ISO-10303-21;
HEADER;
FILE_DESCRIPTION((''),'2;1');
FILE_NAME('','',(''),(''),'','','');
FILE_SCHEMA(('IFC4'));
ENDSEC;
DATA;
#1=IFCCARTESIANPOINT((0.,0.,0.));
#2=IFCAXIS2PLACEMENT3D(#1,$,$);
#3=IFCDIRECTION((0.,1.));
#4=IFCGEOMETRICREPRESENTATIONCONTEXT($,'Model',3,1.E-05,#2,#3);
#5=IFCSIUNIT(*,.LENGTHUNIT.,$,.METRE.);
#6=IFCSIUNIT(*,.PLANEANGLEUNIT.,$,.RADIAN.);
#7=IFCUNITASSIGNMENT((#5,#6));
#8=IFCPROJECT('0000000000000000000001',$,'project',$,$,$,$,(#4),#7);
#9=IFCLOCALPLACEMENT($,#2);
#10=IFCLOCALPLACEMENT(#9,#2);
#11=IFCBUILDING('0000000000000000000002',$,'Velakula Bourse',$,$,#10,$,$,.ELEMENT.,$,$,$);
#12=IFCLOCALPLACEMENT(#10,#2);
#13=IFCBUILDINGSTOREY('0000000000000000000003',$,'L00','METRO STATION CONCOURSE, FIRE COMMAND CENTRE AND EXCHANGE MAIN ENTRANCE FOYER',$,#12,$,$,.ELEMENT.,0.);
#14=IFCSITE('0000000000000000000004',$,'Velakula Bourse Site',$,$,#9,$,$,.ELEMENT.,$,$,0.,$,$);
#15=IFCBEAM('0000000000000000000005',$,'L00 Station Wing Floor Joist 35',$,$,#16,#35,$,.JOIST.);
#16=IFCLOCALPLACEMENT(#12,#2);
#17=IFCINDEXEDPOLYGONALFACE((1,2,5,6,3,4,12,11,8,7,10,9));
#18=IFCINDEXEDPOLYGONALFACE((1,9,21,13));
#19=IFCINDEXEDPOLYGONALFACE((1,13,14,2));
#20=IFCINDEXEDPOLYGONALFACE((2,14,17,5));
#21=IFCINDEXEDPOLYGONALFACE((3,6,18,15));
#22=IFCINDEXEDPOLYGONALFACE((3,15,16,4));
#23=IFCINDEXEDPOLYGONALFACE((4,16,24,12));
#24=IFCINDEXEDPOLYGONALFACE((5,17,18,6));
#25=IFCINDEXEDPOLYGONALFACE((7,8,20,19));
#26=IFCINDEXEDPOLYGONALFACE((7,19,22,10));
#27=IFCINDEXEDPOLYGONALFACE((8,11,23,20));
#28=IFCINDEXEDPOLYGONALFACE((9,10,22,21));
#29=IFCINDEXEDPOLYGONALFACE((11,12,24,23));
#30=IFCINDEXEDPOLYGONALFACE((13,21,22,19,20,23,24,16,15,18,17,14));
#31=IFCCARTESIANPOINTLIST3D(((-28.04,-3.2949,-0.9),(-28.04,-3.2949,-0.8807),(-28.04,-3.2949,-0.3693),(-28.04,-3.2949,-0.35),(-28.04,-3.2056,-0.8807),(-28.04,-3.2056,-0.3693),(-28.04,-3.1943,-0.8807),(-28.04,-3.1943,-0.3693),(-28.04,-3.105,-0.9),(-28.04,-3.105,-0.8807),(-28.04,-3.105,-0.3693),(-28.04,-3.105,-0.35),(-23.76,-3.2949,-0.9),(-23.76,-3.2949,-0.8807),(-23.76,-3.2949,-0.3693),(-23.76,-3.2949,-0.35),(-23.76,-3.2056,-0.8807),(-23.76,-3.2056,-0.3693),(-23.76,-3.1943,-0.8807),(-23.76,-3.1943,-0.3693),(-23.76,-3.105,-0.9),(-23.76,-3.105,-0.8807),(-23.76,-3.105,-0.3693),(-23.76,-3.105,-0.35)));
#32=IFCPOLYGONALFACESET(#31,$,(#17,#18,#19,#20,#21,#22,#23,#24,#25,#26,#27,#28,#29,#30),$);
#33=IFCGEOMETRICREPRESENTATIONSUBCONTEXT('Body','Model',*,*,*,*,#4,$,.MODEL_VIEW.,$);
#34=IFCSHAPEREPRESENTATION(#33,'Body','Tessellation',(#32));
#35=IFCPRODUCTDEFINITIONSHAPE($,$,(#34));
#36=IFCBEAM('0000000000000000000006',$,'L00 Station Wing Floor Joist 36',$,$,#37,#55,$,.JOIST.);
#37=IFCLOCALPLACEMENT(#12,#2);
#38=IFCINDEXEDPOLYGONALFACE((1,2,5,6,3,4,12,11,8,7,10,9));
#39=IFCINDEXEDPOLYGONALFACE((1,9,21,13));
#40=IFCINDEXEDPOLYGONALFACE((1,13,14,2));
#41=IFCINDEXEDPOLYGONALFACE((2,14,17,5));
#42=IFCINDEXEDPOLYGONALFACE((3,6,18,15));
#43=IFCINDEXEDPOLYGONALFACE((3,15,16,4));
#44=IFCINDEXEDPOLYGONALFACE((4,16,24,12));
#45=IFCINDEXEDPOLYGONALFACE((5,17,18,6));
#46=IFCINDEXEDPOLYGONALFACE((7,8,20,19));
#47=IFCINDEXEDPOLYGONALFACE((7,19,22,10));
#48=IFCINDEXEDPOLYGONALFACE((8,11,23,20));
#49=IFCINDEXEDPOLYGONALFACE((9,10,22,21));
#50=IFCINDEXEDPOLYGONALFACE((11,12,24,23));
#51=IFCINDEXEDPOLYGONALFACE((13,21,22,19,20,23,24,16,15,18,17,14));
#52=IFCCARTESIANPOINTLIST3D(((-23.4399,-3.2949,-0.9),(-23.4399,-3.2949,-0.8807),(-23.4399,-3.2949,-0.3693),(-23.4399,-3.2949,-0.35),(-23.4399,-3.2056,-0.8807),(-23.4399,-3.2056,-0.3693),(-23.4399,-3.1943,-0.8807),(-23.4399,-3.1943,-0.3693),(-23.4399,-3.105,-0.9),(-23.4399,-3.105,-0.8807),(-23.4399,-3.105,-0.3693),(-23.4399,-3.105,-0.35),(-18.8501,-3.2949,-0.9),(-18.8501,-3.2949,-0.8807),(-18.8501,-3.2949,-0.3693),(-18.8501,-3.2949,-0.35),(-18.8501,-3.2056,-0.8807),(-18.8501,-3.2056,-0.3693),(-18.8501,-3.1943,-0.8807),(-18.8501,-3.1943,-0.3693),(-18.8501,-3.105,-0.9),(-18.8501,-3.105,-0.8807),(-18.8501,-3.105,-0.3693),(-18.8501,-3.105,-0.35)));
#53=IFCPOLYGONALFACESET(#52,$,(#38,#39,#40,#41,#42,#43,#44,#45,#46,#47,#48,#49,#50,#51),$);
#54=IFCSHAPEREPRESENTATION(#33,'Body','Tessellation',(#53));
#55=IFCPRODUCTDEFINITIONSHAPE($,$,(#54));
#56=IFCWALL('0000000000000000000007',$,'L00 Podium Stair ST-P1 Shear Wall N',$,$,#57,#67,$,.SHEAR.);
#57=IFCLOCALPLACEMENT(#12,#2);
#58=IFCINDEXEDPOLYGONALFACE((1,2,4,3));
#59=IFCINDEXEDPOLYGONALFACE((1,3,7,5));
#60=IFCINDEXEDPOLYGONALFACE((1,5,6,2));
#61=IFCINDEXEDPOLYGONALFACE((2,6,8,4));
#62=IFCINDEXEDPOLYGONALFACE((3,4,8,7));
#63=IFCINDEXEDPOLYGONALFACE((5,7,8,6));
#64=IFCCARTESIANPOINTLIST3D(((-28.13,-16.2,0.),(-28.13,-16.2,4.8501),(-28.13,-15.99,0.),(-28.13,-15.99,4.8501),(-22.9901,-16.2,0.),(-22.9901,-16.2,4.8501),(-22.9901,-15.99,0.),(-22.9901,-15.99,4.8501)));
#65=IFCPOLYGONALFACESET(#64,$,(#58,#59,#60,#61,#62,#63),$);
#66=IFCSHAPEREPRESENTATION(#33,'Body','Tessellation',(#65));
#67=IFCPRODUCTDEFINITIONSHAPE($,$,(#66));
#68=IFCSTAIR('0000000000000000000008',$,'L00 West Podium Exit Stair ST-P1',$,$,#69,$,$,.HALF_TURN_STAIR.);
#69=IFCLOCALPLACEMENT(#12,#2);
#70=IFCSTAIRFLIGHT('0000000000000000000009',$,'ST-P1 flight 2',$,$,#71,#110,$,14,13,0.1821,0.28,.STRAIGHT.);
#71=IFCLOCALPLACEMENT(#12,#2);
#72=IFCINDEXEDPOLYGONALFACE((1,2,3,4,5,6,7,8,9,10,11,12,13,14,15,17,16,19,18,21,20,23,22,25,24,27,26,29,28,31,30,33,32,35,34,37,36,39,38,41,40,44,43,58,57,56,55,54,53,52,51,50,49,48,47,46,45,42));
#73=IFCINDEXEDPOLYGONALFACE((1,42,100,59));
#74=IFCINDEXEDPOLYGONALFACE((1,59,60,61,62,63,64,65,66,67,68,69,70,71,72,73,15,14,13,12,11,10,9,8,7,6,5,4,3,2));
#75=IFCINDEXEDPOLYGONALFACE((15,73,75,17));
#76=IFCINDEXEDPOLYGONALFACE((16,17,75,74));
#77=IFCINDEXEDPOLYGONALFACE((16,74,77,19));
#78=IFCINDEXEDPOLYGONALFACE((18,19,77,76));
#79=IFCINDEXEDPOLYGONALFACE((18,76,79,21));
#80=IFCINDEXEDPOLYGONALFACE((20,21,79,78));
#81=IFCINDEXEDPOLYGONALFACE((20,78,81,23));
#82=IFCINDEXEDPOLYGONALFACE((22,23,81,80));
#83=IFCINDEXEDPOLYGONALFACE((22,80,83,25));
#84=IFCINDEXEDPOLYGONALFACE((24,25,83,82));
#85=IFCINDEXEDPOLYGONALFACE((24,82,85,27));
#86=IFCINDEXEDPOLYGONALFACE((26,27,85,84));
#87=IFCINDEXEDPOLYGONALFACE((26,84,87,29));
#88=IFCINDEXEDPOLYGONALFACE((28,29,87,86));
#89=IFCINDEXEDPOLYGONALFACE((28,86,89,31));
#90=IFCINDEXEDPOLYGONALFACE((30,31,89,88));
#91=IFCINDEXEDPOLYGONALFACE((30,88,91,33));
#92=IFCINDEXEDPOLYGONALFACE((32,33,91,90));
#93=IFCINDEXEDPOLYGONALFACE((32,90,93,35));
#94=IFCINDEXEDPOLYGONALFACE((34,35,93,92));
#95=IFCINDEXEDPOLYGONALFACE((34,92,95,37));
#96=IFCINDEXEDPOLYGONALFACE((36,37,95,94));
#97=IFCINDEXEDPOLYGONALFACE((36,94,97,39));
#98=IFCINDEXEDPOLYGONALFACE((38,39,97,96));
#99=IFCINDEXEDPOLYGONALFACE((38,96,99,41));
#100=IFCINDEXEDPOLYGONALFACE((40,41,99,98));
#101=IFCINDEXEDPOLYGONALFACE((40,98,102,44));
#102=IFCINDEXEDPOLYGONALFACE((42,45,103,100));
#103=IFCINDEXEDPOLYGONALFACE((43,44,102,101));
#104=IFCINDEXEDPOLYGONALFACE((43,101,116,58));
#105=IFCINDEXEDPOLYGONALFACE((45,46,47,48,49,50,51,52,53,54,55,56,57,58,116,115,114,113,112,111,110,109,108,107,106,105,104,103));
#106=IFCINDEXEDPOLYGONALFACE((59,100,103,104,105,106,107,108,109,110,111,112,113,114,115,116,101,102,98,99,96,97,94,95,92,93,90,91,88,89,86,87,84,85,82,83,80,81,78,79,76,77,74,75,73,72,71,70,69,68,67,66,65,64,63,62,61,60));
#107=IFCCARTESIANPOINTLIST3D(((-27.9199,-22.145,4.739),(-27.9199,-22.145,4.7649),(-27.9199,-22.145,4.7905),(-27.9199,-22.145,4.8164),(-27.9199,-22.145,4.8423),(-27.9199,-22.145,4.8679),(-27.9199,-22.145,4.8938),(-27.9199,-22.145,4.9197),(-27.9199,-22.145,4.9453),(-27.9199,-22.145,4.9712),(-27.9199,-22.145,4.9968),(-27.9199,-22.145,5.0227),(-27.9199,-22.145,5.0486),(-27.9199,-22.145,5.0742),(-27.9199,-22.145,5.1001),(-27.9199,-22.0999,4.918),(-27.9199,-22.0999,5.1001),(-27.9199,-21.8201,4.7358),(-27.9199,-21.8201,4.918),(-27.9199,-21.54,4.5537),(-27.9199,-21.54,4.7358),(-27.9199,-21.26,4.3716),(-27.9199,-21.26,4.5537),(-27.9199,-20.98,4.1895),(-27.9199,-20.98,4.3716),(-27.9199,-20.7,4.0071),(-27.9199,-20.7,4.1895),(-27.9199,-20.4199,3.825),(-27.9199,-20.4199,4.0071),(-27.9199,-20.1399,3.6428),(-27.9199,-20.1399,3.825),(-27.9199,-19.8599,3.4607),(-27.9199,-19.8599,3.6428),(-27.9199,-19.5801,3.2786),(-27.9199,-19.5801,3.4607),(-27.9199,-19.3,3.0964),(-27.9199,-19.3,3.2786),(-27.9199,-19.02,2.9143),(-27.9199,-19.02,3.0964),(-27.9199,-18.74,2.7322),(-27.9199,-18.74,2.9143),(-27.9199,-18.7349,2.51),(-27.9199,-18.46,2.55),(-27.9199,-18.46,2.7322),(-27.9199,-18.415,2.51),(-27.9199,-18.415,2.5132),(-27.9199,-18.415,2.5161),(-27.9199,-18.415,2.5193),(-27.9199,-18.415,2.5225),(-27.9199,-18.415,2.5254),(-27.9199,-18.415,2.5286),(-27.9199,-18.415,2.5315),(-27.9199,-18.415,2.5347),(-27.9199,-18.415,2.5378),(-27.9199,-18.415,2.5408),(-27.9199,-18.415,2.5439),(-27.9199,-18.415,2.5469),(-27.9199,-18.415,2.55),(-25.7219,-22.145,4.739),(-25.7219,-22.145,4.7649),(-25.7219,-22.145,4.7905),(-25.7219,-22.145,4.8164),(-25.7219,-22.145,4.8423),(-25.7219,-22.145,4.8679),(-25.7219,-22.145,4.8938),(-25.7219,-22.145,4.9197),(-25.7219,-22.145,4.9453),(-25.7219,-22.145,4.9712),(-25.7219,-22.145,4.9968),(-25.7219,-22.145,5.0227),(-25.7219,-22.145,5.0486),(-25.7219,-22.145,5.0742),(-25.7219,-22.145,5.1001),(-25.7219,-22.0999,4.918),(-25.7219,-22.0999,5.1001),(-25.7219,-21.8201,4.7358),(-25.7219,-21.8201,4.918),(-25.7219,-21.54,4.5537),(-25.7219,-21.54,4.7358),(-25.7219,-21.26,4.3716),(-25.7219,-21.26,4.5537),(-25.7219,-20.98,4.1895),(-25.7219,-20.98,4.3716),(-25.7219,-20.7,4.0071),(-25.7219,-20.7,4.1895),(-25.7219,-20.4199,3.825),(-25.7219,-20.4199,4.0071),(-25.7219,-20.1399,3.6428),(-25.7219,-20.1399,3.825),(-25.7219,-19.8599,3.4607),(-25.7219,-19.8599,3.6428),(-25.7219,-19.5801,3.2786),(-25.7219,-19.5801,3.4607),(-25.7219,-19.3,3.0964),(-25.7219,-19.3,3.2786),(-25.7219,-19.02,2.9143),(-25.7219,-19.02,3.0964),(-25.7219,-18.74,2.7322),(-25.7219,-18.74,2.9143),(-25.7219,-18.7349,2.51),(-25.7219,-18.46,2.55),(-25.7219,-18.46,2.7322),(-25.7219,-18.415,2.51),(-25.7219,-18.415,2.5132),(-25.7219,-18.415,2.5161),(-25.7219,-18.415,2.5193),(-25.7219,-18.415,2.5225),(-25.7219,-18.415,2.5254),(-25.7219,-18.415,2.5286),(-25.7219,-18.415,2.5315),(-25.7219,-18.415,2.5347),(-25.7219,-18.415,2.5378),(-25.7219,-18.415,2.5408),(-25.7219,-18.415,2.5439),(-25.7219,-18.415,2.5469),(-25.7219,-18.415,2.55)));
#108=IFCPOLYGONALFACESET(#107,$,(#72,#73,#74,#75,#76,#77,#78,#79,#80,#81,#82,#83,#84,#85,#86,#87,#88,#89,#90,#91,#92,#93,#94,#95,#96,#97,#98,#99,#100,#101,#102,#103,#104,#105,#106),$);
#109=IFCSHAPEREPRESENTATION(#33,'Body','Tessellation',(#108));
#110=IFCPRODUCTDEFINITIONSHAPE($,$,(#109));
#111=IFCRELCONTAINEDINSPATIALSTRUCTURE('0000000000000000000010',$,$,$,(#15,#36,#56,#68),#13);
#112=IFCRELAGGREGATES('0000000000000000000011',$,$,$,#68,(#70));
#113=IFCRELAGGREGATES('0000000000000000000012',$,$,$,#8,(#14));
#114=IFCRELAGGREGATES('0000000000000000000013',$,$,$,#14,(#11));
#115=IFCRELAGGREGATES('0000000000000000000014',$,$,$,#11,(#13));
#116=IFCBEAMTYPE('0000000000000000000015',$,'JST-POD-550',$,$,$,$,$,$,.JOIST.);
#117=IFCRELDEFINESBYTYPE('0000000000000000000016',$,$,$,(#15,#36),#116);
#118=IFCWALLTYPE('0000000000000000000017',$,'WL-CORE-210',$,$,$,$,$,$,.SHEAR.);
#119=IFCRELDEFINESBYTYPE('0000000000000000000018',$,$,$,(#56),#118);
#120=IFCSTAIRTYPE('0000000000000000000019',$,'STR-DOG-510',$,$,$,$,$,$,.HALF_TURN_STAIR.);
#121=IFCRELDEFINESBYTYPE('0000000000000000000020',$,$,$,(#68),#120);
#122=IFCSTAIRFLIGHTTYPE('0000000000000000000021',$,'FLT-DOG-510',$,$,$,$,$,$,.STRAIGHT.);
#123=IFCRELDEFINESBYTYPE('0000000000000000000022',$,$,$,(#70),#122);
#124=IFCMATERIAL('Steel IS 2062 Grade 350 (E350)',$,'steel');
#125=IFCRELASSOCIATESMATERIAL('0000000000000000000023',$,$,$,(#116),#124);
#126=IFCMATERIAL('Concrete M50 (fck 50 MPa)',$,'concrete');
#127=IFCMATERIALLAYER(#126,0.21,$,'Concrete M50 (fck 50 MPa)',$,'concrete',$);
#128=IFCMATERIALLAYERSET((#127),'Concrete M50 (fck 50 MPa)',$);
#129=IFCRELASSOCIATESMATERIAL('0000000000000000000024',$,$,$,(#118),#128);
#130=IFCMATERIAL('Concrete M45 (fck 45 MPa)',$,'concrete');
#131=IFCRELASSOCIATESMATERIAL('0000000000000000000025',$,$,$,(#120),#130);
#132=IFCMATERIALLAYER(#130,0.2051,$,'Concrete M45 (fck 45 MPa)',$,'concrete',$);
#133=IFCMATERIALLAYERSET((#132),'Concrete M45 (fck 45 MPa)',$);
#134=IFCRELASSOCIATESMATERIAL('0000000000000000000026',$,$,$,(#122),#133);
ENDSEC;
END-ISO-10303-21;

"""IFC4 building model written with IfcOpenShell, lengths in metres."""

from ifc_helpers import new_model, si_unit, direction, frame, frame_2d, origin, origin_2d, place, context, subcontext, project, spatial, polyline, rectangle, i_section, outline, extrude, material, layer, layer_set, material_profile, profile_set, type_object, element, aggregate, save


model = new_model("IFC4")

# Units and contexts
model_context = context("Model", 3, precision=1e-05, world=origin(), true_north=direction((0.0, 1.0)))
body_context = subcontext(model_context, "Body", "Model", "MODEL_VIEW")
ifc_project = project(units=[si_unit("LENGTHUNIT", "METRE"), si_unit("PLANEANGLEUNIT", "RADIAN")], contexts=[model_context])

# Site, building, storey
site_placement = place(None, origin())
site = spatial("IfcSite", under=ifc_project, at=site_placement, Name="Velakula Bourse Site", CompositionType="ELEMENT", RefElevation=0.0)
building_placement = place(site_placement, origin())
building = spatial("IfcBuilding", under=site, at=building_placement, Name="Velakula Bourse", CompositionType="ELEMENT")
storey_placement = place(building_placement, origin())
storey = spatial("IfcBuildingStorey", under=building, at=storey_placement, Name="L00", Description="METRO STATION CONCOURSE, FIRE COMMAND CENTRE AND EXCHANGE MAIN ENTRANCE FOYER", CompositionType="ELEMENT", Elevation=0.0)

# Beams
ifc_material_1 = material(Name="Steel IS 2062 Grade 350 (E350)", Category="steel")
ifc_material_profile_1 = material_profile(ifc_material_1, i_section(OverallWidth=0.1899, OverallDepth=0.55, WebThickness=0.0112, FlangeThickness=0.0193, at=origin_2d()), Name="Steel IS 2062 Grade 350 (E350)")
ifc_profile_set_1 = profile_set([ifc_material_profile_1], Name="Steel IS 2062 Grade 350 (E350)")
beam_type_1 = type_object("IfcBeamType", Name="JST-POD-550", PredefinedType="JOIST", material=ifc_profile_set_1)
beam_1_placement = place(storey_placement, frame((-28.04, -3.2, -0.625), z_axis=(1.0, 0.0, 0.0), x_axis=(0.0, 1.0, 0.0)))
element("IfcBeam", 1, at=beam_1_placement, inside=storey, type_object=beam_type_1, Name="L00 Station Wing Floor Joist 35", PredefinedType="JOIST", context=body_context, shape_type="SweptSolid", body=[
    extrude(i_section(OverallWidth=0.1899, OverallDepth=0.55, WebThickness=0.0112, FlangeThickness=0.0193, at=origin_2d()), origin(), (0.0, 0.0, 1.0), 4.28),
])
beam_2_placement = place(storey_placement, frame((-23.4399, -3.2, -0.625), z_axis=(1.0, 0.0, 0.0), x_axis=(0.0, 1.0, 0.0)))
element("IfcBeam", 2, at=beam_2_placement, inside=storey, type_object=beam_type_1, Name="L00 Station Wing Floor Joist 36", PredefinedType="JOIST", context=body_context, shape_type="SweptSolid", body=[
    extrude(i_section(OverallWidth=0.1899, OverallDepth=0.55, WebThickness=0.0112, FlangeThickness=0.0193, at=origin_2d()), origin(), (0.0, 0.0, 1.0), 4.5898),
])

# Wall
ifc_material_2 = material(Name="Concrete M50 (fck 50 MPa)", Category="concrete")
ifc_layer_1 = layer(ifc_material_2, 0.21, Name="Concrete M50 (fck 50 MPa)", Category="concrete")
ifc_layer_set_1 = layer_set([ifc_layer_1], Name="Concrete M50 (fck 50 MPa)")
wall_type = type_object("IfcWallType", Name="WL-CORE-210", PredefinedType="SHEAR", material=ifc_layer_set_1)
wall_placement = place(storey_placement, frame((-28.1299, -16.095, 0.0), z_axis=(0.0, 0.0, 1.0), x_axis=(1.0, 0.0, 0.0)))
element("IfcWall", 3, at=wall_placement, inside=storey, type_object=wall_type, Name="L00 Podium Stair ST-P1 Shear Wall N", PredefinedType="SHEAR", context=body_context, shape_type="SweptSolid", body=[
    extrude(rectangle(XDim=5.1399, YDim=0.21, at=frame_2d((2.5698, 0.0))), origin(), (0.0, 0.0, 1.0), 4.8501),
])

# Stair, stair flight
ifc_material_3 = material(Name="Concrete M45 (fck 45 MPa)", Category="concrete")
stair_type = type_object("IfcStairType", Name="STR-DOG-510", PredefinedType="HALF_TURN_STAIR", material=ifc_material_3)
stair_placement = place(storey_placement, origin())
stair = element("IfcStair", 4, at=stair_placement, inside=storey, type_object=stair_type, Name="L00 West Podium Exit Stair ST-P1", PredefinedType="HALF_TURN_STAIR")
ifc_layer_2 = layer(ifc_material_3, 0.2051, Name="Concrete M45 (fck 45 MPa)", Category="concrete")
ifc_layer_set_2 = layer_set([ifc_layer_2], Name="Concrete M45 (fck 45 MPa)")
stair_flight_type = type_object("IfcStairFlightType", Name="FLT-DOG-510", PredefinedType="STRAIGHT", material=ifc_layer_set_2)
stair_flight_placement = place(storey_placement, frame((-26.821, -18.46, 2.55), z_axis=(0.0, 0.0, 1.0), x_axis=(0.0, -1.0, 0.0)))
stair_flight = element("IfcStairFlight", 5, at=stair_flight_placement, type_object=stair_flight_type, Name="ST-P1 flight 2", NumberOfRisers=14, NumberOfTreads=13, PredefinedType="STRAIGHT", RiserHeight=0.1821, TreadLength=0.28, context=body_context, shape_type="SweptSolid", body=[
    extrude(outline(polyline([(-0.0449, -0.04), (-0.0449, -0.0369), (-0.0449, -0.0339), (-0.0449, -0.0308), (-0.0449, -0.0276), (-0.0449, -0.0247), (-0.0449, -0.0215), (-0.0449, -0.0186), (-0.0449, -0.0154), (-0.0449, -0.0122), (-0.0449, -0.0093), (-0.0449, -0.0061), (-0.0449, -0.0032), (-0.0449, 0.0), (0.0, 0.0), (0.0, 0.1821), (0.28, 0.1821), (0.28, 0.3643), (0.5601, 0.3643), (0.5601, 0.5464), (0.8401, 0.5464), (0.8401, 0.7285), (1.1201, 0.7285), (1.1201, 0.9106), (1.3999, 0.9106), (1.3999, 1.0928), (1.6799, 1.0928), (1.6799, 1.2749), (1.96, 1.2749), (1.96, 1.457), (2.24, 1.457), (2.24, 1.6394), (2.52, 1.6394), (2.52, 1.8215), (2.8, 1.8215), (2.8, 2.0037), (3.0801, 2.0037), (3.0801, 2.1858), (3.3601, 2.1858), (3.3601, 2.3679), (3.6399, 2.3679), (3.6399, 2.55), (3.6851, 2.55), (3.6851, 2.5242), (3.6851, 2.4985), (3.6851, 2.4727), (3.6851, 2.4468), (3.6851, 2.4211), (3.6851, 2.3953), (3.6851, 2.3696), (3.6851, 2.3438), (3.6851, 2.3179), (3.6851, 2.2922), (3.6851, 2.2664), (3.6851, 2.2405), (3.6851, 2.2148), (3.6851, 2.189), (0.2749, -0.04), (-0.0449, -0.04)])), frame((0.0, 1.0991, 0.0), z_axis=(0.0, -1.0, 0.0), x_axis=(1.0, 0.0, 0.0)), (0.0, 0.0, 1.0), 2.198),
])
aggregate(stair, [stair_flight])

save(model, "model.ifc")
